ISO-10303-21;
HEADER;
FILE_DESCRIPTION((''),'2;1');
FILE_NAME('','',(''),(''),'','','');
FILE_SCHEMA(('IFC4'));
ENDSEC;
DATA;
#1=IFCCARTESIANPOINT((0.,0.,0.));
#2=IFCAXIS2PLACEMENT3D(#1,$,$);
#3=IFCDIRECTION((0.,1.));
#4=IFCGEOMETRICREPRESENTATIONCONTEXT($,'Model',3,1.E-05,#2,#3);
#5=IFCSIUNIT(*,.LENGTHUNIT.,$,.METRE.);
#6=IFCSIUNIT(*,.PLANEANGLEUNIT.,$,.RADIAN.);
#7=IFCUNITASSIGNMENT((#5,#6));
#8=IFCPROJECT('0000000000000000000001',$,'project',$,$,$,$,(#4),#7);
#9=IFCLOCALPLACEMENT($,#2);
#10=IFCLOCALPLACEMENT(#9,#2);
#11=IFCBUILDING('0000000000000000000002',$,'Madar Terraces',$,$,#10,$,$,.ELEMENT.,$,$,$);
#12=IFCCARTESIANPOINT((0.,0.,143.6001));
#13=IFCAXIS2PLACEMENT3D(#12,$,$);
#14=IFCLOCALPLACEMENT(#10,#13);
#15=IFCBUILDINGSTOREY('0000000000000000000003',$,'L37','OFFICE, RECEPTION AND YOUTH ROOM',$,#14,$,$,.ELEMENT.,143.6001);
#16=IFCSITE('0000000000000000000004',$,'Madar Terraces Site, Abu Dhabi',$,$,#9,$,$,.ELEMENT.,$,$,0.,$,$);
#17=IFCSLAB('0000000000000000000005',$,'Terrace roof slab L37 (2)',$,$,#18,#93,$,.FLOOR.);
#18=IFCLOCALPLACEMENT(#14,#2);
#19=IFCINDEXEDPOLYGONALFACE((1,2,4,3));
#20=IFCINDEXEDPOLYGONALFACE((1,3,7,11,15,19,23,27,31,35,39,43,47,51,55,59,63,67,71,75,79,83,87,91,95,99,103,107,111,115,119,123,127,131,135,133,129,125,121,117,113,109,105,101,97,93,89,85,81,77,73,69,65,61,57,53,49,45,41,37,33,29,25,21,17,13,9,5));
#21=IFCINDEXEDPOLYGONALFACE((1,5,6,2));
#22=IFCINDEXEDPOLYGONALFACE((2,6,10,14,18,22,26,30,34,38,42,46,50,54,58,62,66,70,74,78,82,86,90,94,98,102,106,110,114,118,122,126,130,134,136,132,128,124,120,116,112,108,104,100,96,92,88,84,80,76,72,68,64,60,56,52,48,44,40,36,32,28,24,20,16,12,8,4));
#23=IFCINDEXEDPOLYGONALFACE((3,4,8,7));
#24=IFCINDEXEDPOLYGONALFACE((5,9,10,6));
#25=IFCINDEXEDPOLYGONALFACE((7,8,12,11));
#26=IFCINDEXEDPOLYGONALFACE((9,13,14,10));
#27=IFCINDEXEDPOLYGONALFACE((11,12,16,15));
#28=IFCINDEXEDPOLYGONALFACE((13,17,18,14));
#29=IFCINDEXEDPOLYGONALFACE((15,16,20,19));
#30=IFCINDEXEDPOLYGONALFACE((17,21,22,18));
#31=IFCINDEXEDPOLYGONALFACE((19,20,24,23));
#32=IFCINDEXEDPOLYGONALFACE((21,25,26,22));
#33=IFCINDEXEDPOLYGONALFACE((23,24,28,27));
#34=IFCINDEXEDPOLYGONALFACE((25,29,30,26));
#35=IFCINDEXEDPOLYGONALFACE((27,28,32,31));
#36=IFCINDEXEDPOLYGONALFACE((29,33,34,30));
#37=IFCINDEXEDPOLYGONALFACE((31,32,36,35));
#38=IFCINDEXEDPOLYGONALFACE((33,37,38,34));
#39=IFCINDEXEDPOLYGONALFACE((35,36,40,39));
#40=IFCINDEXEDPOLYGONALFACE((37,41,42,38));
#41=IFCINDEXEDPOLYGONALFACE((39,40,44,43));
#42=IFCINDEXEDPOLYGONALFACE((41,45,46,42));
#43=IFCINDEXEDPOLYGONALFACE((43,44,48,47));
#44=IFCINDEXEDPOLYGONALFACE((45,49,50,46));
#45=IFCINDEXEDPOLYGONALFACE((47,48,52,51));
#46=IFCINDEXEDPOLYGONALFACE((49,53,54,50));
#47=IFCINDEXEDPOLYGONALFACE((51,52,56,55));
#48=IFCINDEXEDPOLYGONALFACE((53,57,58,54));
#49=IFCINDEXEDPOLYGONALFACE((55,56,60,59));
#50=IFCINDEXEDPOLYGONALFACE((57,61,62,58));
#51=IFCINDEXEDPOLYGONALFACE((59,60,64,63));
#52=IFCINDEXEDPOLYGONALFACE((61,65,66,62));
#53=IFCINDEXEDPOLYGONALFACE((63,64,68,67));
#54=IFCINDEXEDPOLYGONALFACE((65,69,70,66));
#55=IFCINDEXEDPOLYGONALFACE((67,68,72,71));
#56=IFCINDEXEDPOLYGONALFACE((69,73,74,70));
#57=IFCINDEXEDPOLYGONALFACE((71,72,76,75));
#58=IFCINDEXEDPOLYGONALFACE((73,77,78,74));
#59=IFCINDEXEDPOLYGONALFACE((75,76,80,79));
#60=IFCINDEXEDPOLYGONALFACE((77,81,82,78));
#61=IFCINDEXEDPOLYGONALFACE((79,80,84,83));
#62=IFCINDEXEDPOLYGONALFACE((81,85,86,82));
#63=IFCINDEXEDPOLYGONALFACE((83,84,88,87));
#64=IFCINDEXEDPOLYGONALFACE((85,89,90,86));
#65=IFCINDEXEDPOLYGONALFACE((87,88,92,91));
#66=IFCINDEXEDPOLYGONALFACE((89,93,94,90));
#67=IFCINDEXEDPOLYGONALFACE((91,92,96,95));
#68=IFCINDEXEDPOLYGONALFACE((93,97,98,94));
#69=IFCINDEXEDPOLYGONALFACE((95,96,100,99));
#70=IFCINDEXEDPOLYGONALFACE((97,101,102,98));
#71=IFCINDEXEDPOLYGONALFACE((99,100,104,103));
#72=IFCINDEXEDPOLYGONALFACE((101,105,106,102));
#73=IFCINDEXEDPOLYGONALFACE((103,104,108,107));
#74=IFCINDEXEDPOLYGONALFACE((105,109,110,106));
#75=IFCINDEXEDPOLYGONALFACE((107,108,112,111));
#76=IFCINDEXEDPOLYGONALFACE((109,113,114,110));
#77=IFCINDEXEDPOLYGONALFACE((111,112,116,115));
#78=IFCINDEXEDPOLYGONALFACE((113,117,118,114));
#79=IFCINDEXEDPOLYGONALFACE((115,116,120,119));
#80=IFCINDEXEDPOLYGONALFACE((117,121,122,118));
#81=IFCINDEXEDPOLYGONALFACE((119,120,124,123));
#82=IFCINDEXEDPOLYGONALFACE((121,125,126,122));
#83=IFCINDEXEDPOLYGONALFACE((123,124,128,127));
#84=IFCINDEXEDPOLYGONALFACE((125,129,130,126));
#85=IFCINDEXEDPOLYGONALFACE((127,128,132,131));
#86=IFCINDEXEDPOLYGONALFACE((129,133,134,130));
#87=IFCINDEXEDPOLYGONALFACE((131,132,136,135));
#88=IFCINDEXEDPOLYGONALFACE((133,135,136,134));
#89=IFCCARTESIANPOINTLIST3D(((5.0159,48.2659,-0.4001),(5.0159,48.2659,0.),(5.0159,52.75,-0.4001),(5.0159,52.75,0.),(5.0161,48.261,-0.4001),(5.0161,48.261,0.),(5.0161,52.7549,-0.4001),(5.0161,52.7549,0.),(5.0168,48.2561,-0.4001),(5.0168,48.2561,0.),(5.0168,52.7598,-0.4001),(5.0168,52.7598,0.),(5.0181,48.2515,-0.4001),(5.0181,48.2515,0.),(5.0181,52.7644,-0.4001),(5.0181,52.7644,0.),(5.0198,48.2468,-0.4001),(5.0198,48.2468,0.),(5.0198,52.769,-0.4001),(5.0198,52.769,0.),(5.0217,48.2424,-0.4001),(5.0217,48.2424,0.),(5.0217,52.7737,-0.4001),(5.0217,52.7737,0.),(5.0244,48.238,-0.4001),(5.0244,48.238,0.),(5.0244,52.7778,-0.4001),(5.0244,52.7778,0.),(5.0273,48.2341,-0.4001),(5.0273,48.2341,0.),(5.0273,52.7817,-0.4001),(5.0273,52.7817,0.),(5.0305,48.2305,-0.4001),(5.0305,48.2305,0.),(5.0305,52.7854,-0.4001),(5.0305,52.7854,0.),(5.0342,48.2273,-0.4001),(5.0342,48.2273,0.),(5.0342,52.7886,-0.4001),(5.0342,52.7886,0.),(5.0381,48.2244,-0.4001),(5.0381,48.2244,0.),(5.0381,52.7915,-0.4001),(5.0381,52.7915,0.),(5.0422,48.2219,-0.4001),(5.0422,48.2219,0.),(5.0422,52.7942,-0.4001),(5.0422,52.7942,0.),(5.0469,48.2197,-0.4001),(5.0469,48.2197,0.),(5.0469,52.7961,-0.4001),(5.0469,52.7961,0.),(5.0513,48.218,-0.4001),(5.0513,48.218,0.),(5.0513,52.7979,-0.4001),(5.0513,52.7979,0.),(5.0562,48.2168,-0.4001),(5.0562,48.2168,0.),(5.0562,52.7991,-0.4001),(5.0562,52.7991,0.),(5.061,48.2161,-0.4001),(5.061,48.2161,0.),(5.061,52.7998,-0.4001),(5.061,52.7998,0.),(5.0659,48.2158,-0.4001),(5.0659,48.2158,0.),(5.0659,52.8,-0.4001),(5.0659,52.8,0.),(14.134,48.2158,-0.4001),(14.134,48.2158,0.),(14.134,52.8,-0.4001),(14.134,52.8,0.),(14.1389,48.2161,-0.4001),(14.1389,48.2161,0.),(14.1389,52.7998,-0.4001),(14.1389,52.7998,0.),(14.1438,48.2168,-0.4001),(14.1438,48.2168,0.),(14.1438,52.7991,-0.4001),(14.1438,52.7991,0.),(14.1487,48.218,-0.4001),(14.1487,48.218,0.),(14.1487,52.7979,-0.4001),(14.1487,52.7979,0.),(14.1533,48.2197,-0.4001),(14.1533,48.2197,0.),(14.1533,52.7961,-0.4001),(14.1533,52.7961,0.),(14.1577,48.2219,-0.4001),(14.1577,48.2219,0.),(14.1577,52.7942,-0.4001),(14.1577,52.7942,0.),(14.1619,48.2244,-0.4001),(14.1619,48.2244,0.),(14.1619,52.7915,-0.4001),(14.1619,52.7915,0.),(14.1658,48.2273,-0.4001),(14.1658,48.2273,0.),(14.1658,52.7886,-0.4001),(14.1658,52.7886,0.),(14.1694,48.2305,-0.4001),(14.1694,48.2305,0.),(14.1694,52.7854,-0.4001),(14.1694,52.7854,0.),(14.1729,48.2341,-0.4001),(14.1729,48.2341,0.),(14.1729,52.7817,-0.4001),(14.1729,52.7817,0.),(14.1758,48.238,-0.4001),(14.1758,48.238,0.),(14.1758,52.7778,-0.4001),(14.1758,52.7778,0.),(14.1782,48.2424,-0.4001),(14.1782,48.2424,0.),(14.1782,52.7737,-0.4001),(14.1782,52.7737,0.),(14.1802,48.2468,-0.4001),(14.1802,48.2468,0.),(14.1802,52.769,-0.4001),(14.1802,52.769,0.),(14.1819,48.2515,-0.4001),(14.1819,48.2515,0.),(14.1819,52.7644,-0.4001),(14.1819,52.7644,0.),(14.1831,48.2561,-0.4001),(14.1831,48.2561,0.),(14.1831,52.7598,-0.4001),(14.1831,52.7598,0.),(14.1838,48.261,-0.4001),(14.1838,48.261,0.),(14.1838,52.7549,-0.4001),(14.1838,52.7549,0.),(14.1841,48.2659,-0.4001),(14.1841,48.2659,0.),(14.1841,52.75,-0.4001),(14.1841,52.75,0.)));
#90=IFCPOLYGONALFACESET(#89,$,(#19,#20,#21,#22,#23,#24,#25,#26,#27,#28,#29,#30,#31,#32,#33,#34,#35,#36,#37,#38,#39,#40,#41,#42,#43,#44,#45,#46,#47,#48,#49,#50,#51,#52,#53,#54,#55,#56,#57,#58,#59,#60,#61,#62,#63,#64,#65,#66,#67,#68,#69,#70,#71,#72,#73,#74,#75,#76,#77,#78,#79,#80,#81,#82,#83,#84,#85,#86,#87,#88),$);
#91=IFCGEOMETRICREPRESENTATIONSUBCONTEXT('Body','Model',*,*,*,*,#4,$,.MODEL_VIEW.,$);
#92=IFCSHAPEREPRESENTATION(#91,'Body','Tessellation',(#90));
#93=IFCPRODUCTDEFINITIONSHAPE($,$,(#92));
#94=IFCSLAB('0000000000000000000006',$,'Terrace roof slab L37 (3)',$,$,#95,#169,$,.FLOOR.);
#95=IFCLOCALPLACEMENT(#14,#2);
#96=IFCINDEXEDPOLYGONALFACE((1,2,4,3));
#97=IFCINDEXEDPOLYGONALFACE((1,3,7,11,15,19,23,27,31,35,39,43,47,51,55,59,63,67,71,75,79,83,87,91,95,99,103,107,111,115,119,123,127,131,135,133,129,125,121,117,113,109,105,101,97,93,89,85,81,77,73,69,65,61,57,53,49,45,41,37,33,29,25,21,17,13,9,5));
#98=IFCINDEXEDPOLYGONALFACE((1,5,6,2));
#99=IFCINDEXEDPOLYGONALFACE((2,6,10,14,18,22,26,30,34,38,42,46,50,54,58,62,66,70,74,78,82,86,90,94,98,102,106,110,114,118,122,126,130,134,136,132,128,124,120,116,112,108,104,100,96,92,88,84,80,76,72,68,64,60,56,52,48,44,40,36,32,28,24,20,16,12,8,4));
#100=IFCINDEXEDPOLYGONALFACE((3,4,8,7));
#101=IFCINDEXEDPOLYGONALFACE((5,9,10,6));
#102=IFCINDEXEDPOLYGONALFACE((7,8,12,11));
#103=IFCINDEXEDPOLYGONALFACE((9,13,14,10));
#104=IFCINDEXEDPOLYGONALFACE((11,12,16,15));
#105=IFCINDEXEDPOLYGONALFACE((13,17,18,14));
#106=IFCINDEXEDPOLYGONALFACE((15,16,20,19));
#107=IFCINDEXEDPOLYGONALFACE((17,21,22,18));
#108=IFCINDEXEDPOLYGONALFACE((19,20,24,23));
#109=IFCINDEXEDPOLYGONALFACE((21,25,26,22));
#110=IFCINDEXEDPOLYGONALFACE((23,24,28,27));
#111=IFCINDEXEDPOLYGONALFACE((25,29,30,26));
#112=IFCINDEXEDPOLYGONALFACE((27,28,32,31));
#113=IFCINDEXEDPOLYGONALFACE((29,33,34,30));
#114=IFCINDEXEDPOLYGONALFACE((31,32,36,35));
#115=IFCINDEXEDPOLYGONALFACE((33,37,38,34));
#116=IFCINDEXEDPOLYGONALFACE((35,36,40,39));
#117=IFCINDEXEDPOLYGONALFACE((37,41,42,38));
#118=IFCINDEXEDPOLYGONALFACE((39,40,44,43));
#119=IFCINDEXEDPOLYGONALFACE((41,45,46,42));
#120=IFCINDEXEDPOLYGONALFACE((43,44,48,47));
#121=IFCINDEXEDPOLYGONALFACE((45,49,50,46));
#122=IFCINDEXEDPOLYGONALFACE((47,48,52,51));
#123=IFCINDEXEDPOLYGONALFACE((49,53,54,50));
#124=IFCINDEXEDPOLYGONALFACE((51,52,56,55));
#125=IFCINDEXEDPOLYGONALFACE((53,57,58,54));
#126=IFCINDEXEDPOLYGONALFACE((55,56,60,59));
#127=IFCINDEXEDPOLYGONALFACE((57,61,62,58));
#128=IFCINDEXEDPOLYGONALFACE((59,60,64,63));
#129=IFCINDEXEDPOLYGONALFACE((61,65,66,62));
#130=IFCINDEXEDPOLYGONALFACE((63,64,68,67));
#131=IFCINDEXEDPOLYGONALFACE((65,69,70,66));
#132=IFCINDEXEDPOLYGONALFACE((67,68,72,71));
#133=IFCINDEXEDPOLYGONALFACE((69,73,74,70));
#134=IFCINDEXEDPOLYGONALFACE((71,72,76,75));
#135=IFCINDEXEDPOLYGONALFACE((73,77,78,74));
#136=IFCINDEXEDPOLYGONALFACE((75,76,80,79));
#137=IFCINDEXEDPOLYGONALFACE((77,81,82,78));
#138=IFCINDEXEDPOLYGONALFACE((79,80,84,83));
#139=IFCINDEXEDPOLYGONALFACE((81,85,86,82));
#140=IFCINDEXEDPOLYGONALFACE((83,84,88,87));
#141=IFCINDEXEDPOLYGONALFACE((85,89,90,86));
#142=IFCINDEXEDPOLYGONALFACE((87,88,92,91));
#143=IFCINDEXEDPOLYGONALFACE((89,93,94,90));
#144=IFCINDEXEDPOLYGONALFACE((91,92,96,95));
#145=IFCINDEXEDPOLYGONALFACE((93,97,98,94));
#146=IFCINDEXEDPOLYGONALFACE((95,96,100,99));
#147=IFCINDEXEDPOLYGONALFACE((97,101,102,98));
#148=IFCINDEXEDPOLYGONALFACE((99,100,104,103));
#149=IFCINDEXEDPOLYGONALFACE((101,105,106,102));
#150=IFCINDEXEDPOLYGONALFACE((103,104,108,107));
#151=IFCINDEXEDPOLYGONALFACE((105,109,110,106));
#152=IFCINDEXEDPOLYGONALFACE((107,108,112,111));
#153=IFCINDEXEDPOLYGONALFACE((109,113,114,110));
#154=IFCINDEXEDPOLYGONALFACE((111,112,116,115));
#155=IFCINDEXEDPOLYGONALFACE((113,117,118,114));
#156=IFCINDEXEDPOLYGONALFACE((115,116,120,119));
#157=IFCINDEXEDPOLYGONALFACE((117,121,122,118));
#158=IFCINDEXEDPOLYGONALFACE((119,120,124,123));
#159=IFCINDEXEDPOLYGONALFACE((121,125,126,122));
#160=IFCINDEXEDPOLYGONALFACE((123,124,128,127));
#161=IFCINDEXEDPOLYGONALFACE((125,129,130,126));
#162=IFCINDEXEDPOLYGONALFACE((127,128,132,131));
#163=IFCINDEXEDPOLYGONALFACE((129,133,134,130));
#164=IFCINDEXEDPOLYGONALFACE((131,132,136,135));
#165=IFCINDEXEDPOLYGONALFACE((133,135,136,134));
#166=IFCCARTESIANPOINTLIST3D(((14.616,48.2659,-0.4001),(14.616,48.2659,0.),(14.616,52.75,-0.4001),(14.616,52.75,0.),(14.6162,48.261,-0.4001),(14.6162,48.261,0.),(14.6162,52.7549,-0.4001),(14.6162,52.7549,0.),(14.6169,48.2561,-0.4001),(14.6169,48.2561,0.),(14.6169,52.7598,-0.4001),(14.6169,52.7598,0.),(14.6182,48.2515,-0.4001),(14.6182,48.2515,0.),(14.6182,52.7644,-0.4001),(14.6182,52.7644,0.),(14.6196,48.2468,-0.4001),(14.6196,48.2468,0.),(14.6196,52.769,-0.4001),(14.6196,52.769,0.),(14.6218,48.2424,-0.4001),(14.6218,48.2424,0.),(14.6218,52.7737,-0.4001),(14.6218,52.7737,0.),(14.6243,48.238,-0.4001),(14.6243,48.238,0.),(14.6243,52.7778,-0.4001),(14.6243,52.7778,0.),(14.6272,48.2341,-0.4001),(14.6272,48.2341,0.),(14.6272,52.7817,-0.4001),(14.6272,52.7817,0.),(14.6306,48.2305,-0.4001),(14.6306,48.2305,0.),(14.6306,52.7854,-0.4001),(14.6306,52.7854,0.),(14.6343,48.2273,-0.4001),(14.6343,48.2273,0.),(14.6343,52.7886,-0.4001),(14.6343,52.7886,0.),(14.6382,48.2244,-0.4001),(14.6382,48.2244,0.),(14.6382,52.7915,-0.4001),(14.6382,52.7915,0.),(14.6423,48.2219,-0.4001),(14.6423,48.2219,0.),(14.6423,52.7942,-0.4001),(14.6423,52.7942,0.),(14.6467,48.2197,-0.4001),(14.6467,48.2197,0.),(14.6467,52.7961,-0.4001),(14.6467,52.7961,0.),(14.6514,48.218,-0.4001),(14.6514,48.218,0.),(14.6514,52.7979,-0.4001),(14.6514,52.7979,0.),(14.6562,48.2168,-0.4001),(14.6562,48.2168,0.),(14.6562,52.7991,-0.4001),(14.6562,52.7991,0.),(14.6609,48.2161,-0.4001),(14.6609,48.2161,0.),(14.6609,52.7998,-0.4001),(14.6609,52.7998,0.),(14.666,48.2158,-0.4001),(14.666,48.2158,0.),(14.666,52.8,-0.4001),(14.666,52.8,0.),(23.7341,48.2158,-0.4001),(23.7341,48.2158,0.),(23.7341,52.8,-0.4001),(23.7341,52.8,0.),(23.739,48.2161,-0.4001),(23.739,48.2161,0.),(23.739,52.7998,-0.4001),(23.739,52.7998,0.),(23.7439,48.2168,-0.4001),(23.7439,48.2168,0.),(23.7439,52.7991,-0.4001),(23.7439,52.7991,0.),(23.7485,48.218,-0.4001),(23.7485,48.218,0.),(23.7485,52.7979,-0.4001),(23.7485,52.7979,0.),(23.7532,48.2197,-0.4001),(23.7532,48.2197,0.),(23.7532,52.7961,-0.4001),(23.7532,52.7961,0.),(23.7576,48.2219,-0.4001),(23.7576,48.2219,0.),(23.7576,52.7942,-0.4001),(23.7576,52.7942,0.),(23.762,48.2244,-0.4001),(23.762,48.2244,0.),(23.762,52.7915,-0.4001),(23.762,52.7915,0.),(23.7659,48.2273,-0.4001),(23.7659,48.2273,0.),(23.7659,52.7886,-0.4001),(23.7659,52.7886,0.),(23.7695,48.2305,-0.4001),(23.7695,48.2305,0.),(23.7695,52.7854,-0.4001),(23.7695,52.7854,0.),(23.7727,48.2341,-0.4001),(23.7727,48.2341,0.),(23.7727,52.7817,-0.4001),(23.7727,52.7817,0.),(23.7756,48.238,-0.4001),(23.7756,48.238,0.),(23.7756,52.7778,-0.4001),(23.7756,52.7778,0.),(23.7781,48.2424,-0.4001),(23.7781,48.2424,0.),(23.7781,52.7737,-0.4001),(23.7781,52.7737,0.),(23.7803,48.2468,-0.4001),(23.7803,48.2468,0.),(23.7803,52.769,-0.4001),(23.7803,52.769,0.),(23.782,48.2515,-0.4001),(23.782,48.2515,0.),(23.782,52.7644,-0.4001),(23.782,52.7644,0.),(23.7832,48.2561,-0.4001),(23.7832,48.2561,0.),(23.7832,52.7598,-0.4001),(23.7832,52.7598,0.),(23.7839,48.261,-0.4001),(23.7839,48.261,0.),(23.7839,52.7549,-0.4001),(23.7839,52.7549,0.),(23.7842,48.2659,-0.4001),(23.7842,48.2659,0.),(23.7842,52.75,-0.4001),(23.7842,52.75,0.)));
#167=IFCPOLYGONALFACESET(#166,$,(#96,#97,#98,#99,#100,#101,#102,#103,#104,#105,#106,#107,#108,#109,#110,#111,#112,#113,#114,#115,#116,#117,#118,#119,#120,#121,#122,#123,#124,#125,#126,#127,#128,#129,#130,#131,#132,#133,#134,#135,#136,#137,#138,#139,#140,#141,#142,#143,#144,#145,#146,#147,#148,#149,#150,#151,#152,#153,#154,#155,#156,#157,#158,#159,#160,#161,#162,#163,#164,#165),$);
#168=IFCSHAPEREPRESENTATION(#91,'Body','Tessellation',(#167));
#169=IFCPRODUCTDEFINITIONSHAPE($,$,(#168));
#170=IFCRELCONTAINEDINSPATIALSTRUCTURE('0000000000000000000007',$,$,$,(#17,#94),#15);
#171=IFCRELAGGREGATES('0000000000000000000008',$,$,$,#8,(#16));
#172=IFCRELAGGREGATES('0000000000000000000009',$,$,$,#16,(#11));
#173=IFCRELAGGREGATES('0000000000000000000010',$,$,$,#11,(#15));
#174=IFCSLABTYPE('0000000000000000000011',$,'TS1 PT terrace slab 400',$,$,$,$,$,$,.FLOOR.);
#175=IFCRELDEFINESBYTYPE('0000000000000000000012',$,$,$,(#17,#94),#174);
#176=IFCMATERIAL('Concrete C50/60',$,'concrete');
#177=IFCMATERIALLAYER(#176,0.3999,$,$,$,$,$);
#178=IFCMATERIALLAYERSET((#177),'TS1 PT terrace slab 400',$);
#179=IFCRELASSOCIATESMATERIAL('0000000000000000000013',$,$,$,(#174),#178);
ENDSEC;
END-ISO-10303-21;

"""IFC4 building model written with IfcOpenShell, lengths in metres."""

from ifc_helpers import new_model, si_unit, direction, frame, origin, place, context, subcontext, project, spatial, polyline, outline, extrude, material, layer, layer_set, type_object, element, save


model = new_model("IFC4")

# Units and contexts
model_context = context("Model", 3, precision=1e-05, world=origin(), true_north=direction((0.0, 1.0)))
body_context = subcontext(model_context, "Body", "Model", "MODEL_VIEW")
ifc_project = project(units=[si_unit("LENGTHUNIT", "METRE"), si_unit("PLANEANGLEUNIT", "RADIAN")], contexts=[model_context])

# Site, building, storey
site_placement = place(None, origin())
site = spatial("IfcSite", under=ifc_project, at=site_placement, Name="Madar Terraces Site, Abu Dhabi", CompositionType="ELEMENT", RefElevation=0.0)
building_placement = place(site_placement, origin())
building = spatial("IfcBuilding", under=site, at=building_placement, Name="Madar Terraces", CompositionType="ELEMENT")
storey_placement = place(building_placement, frame((0.0, 0.0, 143.6001)))
storey = spatial("IfcBuildingStorey", under=building, at=storey_placement, Name="L37", Description="OFFICE, RECEPTION AND YOUTH ROOM", CompositionType="ELEMENT", Elevation=143.6001)

# Slabs
ifc_material_1 = material(Name="Concrete C50/60", Category="concrete")
ifc_layer_1 = layer(ifc_material_1, 0.3999)
ifc_layer_set_1 = layer_set([ifc_layer_1], Name="TS1 PT terrace slab 400")
slab_type_1 = type_object("IfcSlabType", Name="TS1 PT terrace slab 400", PredefinedType="FLOOR", material=ifc_layer_set_1)
slab_1_placement = place(storey_placement, frame((0.0, 0.0, -0.4001)))
element("IfcSlab", 1, at=slab_1_placement, inside=storey, type_object=slab_type_1, Name="Terrace roof slab L37 (2)", PredefinedType="FLOOR", context=body_context, shape_type="SweptSolid", body=[
    extrude(outline(polyline([(14.1438, 52.7991), (14.1389, 52.7998), (14.134, 52.8), (5.0659, 52.8), (5.061, 52.7998), (5.0562, 52.7991), (5.0513, 52.7979), (5.0469, 52.7961), (5.0422, 52.7942), (5.0381, 52.7915), (5.0342, 52.7886), (5.0305, 52.7854), (5.0273, 52.7817), (5.0244, 52.7778), (5.0217, 52.7737), (5.0198, 52.769), (5.0181, 52.7644), (5.0168, 52.7598), (5.0161, 52.7549), (5.0159, 52.75), (5.0159, 48.2659), (5.0161, 48.261), (5.0168, 48.2561), (5.0181, 48.2515), (5.0198, 48.2468), (5.0217, 48.2424), (5.0244, 48.238), (5.0273, 48.2341), (5.0305, 48.2305), (5.0342, 48.2273), (5.0381, 48.2244), (5.0422, 48.2219), (5.0469, 48.2197), (5.0513, 48.218), (5.0562, 48.2168), (5.061, 48.2161), (5.0659, 48.2158), (14.134, 48.2158), (14.1389, 48.2161), (14.1438, 48.2168), (14.1487, 48.218), (14.1533, 48.2197), (14.1577, 48.2219), (14.1619, 48.2244), (14.1658, 48.2273), (14.1694, 48.2305), (14.1729, 48.2341), (14.1758, 48.238), (14.1782, 48.2424), (14.1802, 48.2468), (14.1819, 48.2515), (14.1831, 48.2561), (14.1838, 48.261), (14.1841, 48.2659), (14.1841, 52.75), (14.1838, 52.7549), (14.1831, 52.7598), (14.1819, 52.7644), (14.1802, 52.769), (14.1782, 52.7737), (14.1758, 52.7778), (14.1729, 52.7817), (14.1694, 52.7854), (14.1658, 52.7886), (14.1619, 52.7915), (14.1577, 52.7942), (14.1533, 52.7961), (14.1487, 52.7979), (14.1438, 52.7991)])), origin(), (0.0, 0.0, 1.0), 0.4001),
])
slab_2_placement = place(storey_placement, frame((0.0, 0.0, -0.4001)))
element("IfcSlab", 2, at=slab_2_placement, inside=storey, type_object=slab_type_1, Name="Terrace roof slab L37 (3)", PredefinedType="FLOOR", context=body_context, shape_type="SweptSolid", body=[
    extrude(outline(polyline([(23.7439, 52.7991), (23.739, 52.7998), (23.7341, 52.8), (14.666, 52.8), (14.6609, 52.7998), (14.6562, 52.7991), (14.6514, 52.7979), (14.6467, 52.7961), (14.6423, 52.7942), (14.6382, 52.7915), (14.6343, 52.7886), (14.6306, 52.7854), (14.6272, 52.7817), (14.6243, 52.7778), (14.6218, 52.7737), (14.6196, 52.769), (14.6182, 52.7644), (14.6169, 52.7598), (14.6162, 52.7549), (14.616, 52.75), (14.616, 48.2659), (14.6162, 48.261), (14.6169, 48.2561), (14.6182, 48.2515), (14.6196, 48.2468), (14.6218, 48.2424), (14.6243, 48.238), (14.6272, 48.2341), (14.6306, 48.2305), (14.6343, 48.2273), (14.6382, 48.2244), (14.6423, 48.2219), (14.6467, 48.2197), (14.6514, 48.218), (14.6562, 48.2168), (14.6609, 48.2161), (14.666, 48.2158), (23.7341, 48.2158), (23.739, 48.2161), (23.7439, 48.2168), (23.7485, 48.218), (23.7532, 48.2197), (23.7576, 48.2219), (23.762, 48.2244), (23.7659, 48.2273), (23.7695, 48.2305), (23.7727, 48.2341), (23.7756, 48.238), (23.7781, 48.2424), (23.7803, 48.2468), (23.782, 48.2515), (23.7832, 48.2561), (23.7839, 48.261), (23.7842, 48.2659), (23.7842, 52.75), (23.7839, 52.7549), (23.7832, 52.7598), (23.782, 52.7644), (23.7803, 52.769), (23.7781, 52.7737), (23.7756, 52.7778), (23.7727, 52.7817), (23.7695, 52.7854), (23.7659, 52.7886), (23.762, 52.7915), (23.7576, 52.7942), (23.7532, 52.7961), (23.7485, 52.7979), (23.7439, 52.7991)])), origin(), (0.0, 0.0, 1.0), 0.4001),
])

save(model, "model.ifc")
